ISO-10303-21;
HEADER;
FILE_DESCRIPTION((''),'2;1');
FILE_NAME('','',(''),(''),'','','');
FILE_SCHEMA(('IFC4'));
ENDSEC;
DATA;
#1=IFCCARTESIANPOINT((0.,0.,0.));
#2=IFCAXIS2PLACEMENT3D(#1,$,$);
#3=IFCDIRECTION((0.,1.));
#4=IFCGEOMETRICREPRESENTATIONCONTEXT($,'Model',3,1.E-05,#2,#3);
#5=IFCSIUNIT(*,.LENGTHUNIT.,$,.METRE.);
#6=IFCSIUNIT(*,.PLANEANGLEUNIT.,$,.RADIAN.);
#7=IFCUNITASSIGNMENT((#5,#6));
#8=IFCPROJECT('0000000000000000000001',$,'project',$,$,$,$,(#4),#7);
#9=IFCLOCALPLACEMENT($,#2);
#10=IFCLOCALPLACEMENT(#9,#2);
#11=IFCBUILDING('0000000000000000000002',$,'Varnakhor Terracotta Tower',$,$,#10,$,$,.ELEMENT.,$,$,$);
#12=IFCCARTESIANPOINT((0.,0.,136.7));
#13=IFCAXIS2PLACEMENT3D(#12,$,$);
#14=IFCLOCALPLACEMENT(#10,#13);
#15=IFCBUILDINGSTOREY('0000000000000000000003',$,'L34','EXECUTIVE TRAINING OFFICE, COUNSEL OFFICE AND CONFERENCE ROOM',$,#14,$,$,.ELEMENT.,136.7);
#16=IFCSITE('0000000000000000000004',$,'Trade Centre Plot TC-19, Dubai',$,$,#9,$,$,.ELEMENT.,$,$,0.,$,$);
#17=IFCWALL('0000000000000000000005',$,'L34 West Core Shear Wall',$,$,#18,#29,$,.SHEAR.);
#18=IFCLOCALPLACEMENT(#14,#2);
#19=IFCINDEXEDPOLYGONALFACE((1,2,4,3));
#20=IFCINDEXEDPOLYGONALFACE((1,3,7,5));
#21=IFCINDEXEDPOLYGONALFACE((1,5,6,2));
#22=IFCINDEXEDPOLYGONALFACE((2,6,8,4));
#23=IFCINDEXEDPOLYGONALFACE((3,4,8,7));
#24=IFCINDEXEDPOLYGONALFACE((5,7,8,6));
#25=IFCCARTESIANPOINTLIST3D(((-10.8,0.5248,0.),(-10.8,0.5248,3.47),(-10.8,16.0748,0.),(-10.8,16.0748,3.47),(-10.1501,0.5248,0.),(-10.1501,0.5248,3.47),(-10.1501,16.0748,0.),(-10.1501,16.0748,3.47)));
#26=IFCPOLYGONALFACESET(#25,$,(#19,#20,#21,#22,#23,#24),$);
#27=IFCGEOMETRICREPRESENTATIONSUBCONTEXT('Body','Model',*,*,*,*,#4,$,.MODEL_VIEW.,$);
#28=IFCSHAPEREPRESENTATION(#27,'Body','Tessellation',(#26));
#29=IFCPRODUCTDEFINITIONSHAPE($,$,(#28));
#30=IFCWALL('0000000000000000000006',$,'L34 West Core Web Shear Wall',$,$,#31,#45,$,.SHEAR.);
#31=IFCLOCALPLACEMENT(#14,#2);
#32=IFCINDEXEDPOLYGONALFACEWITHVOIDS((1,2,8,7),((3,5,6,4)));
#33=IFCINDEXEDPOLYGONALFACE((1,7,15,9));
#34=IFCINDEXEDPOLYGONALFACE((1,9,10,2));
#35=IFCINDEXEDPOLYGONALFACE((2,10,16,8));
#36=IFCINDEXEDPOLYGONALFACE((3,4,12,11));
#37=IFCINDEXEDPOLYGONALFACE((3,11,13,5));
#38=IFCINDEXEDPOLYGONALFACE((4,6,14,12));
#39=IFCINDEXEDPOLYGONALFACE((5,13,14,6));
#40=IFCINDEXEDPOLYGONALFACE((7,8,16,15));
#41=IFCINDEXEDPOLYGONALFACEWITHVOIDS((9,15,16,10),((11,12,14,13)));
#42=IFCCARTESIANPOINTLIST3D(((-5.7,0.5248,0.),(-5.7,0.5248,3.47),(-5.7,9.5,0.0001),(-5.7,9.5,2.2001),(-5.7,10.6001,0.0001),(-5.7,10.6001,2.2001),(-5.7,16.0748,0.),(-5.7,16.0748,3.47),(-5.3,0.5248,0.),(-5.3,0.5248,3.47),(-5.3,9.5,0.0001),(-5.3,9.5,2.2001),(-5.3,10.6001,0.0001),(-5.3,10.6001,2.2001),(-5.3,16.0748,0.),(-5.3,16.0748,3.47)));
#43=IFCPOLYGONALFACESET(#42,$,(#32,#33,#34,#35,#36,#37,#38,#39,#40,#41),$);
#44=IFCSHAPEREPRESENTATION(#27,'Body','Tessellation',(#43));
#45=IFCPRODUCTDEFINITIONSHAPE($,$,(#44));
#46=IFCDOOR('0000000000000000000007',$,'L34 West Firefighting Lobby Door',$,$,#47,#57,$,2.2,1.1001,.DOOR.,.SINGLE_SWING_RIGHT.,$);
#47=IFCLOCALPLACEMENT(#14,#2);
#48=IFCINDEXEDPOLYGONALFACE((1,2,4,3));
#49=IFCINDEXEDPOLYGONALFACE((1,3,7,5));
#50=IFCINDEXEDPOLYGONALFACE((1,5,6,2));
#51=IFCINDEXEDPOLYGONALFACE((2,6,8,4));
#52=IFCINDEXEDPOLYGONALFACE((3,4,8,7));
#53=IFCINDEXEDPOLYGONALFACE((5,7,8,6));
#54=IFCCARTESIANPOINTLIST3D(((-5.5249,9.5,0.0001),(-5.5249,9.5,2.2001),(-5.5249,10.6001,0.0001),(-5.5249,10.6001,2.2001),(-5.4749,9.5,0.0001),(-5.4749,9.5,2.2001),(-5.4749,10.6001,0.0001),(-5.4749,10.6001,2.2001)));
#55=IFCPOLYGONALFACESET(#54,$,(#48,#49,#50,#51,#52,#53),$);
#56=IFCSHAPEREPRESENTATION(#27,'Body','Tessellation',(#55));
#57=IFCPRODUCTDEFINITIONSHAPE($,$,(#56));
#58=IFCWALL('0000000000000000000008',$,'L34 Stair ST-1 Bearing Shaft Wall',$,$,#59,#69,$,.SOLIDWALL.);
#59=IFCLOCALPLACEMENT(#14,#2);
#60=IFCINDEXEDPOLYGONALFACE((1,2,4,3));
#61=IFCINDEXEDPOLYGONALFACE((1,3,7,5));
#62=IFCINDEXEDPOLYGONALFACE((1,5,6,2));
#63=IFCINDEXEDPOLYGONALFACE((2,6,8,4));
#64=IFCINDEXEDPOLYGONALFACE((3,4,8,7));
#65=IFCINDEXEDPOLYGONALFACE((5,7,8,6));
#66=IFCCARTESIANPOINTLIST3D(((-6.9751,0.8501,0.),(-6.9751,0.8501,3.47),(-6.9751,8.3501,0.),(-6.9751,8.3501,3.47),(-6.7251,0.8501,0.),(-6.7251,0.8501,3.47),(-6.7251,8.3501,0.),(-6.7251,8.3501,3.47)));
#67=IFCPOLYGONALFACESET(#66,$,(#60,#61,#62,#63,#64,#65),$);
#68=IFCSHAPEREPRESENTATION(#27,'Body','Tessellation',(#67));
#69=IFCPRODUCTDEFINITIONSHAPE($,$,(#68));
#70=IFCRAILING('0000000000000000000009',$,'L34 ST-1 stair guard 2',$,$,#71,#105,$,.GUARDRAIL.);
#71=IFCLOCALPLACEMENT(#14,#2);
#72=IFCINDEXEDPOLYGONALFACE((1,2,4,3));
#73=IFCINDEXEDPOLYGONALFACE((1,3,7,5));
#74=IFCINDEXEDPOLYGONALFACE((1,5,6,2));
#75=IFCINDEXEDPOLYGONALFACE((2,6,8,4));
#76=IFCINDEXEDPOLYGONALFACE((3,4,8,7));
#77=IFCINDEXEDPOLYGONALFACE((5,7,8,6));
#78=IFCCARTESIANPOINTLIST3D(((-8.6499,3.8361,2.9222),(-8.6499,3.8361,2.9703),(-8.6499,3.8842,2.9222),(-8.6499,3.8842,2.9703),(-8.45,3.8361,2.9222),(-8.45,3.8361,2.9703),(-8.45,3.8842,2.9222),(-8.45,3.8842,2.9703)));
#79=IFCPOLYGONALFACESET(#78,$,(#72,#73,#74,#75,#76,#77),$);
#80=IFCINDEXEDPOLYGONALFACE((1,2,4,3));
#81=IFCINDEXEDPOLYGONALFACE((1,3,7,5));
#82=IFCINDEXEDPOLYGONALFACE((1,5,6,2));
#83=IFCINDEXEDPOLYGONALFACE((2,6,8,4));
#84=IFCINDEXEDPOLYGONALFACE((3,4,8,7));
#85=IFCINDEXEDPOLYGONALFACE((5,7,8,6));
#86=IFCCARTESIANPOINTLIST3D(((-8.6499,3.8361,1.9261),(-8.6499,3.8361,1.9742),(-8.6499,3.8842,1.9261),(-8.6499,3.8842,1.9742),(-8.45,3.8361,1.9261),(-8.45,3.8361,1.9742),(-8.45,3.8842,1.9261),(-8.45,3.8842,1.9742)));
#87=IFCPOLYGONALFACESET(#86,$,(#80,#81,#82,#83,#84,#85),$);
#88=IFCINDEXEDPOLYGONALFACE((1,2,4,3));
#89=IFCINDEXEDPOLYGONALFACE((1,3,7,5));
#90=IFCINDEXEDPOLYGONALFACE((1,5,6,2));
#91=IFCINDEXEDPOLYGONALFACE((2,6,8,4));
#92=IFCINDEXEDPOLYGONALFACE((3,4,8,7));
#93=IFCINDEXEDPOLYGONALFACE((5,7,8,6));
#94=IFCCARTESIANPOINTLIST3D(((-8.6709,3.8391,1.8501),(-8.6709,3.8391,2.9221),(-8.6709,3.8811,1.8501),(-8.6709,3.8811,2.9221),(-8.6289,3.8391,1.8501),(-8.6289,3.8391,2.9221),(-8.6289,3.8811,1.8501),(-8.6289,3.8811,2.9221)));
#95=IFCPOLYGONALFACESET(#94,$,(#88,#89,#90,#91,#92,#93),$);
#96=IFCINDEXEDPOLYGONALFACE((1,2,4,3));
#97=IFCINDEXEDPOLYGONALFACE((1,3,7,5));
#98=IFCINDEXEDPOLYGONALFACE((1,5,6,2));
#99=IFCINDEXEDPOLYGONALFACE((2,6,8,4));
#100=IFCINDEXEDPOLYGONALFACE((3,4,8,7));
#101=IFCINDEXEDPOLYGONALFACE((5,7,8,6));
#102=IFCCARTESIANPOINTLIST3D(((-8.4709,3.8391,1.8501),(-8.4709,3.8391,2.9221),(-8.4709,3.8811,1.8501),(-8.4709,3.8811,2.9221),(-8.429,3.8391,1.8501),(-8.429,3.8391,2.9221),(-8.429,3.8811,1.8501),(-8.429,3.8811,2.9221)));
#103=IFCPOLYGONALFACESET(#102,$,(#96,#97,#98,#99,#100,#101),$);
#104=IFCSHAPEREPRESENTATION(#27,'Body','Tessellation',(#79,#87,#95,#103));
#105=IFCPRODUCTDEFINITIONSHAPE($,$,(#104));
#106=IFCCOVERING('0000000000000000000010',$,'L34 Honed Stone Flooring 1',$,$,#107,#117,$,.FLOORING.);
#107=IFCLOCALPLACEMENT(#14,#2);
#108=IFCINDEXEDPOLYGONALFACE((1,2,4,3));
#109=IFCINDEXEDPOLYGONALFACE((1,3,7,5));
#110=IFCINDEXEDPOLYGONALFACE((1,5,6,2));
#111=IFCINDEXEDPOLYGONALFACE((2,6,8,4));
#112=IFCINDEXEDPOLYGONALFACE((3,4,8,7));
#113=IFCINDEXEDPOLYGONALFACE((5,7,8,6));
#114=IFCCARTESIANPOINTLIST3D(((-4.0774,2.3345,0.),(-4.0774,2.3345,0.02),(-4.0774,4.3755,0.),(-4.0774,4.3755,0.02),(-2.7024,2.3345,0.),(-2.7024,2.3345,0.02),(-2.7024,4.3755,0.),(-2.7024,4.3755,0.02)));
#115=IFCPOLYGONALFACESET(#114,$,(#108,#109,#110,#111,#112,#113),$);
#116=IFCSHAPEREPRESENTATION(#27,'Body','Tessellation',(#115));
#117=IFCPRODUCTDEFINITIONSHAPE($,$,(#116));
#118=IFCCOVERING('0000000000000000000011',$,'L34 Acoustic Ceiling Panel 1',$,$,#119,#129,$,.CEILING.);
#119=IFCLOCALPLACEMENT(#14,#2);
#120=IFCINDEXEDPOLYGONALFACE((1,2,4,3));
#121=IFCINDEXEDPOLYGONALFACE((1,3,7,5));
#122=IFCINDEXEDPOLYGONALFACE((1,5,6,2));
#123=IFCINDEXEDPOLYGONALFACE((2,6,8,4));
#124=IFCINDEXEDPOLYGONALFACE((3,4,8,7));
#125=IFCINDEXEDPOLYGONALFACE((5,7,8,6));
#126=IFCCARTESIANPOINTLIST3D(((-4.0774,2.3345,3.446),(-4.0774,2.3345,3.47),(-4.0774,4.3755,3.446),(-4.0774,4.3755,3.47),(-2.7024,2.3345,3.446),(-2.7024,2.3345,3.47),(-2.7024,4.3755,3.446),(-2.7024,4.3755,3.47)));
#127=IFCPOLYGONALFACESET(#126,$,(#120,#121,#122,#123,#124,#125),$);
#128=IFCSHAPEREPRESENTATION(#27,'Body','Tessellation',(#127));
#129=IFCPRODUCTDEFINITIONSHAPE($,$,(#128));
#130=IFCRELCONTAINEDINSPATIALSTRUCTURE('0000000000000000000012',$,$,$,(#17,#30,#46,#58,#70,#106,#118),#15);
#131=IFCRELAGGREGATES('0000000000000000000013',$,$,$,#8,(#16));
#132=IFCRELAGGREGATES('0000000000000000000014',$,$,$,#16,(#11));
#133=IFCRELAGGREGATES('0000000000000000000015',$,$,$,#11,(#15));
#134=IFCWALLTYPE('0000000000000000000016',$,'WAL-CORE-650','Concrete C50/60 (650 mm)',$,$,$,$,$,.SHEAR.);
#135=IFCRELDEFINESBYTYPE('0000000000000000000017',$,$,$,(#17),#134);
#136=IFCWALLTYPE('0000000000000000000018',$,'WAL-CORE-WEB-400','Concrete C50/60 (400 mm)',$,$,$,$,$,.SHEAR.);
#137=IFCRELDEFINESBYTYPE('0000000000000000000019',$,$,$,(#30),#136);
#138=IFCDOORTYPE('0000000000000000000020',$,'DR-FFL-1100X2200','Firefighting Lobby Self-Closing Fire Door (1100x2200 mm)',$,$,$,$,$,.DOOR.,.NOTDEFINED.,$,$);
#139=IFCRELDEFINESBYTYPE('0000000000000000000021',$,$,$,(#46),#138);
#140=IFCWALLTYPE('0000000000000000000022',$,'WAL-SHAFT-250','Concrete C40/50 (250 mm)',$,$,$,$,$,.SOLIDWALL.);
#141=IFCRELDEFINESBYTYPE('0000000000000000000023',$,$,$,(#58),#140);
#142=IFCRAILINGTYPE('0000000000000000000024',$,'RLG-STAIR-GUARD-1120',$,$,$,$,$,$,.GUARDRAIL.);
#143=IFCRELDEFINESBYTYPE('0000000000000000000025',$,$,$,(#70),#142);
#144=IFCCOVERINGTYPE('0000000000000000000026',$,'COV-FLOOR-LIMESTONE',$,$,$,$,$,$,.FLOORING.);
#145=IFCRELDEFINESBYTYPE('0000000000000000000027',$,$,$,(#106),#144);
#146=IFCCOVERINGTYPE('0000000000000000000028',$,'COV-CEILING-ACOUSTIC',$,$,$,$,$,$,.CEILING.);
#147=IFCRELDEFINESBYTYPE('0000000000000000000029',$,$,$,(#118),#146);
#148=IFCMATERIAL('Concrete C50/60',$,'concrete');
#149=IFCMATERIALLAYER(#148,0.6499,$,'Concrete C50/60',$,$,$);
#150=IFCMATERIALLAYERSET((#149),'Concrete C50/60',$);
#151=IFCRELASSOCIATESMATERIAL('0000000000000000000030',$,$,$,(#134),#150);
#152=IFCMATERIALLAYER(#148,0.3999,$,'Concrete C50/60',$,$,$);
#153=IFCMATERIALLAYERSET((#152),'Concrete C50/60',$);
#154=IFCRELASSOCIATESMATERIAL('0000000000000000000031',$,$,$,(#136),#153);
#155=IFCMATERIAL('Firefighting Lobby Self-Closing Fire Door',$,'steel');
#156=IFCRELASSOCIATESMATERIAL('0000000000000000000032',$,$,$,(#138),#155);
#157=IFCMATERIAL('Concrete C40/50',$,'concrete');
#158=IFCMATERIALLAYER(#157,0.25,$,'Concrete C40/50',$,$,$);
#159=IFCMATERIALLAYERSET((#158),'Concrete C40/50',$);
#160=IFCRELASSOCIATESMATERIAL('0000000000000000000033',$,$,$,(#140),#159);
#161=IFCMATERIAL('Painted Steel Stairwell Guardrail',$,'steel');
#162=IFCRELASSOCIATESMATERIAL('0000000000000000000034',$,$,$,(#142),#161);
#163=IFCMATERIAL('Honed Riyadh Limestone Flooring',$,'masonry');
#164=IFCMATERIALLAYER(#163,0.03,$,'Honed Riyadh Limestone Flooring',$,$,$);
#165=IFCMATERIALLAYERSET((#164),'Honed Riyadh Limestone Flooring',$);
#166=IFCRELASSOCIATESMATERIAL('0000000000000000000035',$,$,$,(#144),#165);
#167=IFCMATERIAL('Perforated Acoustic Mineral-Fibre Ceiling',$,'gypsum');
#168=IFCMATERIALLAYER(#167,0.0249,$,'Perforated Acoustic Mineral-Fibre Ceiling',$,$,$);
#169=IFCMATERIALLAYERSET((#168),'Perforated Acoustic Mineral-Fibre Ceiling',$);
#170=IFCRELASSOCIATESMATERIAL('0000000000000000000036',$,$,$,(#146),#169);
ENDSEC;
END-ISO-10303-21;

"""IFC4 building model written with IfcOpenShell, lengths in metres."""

from ifc_helpers import new_model, si_unit, direction, frame, frame_2d, origin, origin_2d, place, context, subcontext, project, spatial, rectangle, extrude, source, transform, mapped, material, layer, layer_set, type_object, type_shapes, element, fill, save


model = new_model("IFC4")

# Units and contexts
model_context = context("Model", 3, precision=1e-05, world=origin(), true_north=direction((0.0, 1.0)))
body_context = subcontext(model_context, "Body", "Model", "MODEL_VIEW")
ifc_project = project(units=[si_unit("LENGTHUNIT", "METRE"), si_unit("PLANEANGLEUNIT", "RADIAN")], contexts=[model_context])

# Site, building, storey
site_placement = place(None, origin())
site = spatial("IfcSite", under=ifc_project, at=site_placement, Name="Trade Centre Plot TC-19, Dubai", CompositionType="ELEMENT", RefElevation=0.0)
building_placement = place(site_placement, origin())
building = spatial("IfcBuilding", under=site, at=building_placement, Name="Varnakhor Terracotta Tower", CompositionType="ELEMENT")
storey_placement = place(building_placement, frame((0.0, 0.0, 136.7)))
storey = spatial("IfcBuildingStorey", under=building, at=storey_placement, Name="L34", Description="EXECUTIVE TRAINING OFFICE, COUNSEL OFFICE AND CONFERENCE ROOM", CompositionType="ELEMENT", Elevation=136.7)

# Shared definitions
ifc_material_1 = material(Name="Concrete C50/60", Category="concrete")

# Wall
ifc_layer_1 = layer(ifc_material_1, 0.6499, Name="Concrete C50/60")
ifc_layer_set_1 = layer_set([ifc_layer_1], Name="Concrete C50/60")
wall_type_1 = type_object("IfcWallType", Name="WAL-CORE-650", Description="Concrete C50/60 (650 mm)", PredefinedType="SHEAR", material=ifc_layer_set_1)
wall_1_placement = place(storey_placement, frame((-10.4751, 0.5249, 0.0), z_axis=(0.0, 0.0, 1.0), x_axis=(0.0, 1.0, 0.0)))
element("IfcWall", 1, at=wall_1_placement, inside=storey, type_object=wall_type_1, Name="L34 West Core Shear Wall", PredefinedType="SHEAR", context=body_context, shape_type="SweptSolid", body=[
    extrude(rectangle(XDim=15.55, YDim=0.6499, at=frame_2d((7.7749, 0.0))), origin(), (0.0, 0.0, 1.0), 3.47),
])

# Wall, opening, door
ifc_layer_2 = layer(ifc_material_1, 0.3999, Name="Concrete C50/60")
ifc_layer_set_2 = layer_set([ifc_layer_2], Name="Concrete C50/60")
wall_type_2 = type_object("IfcWallType", Name="WAL-CORE-WEB-400", Description="Concrete C50/60 (400 mm)", PredefinedType="SHEAR", material=ifc_layer_set_2)
wall_2_placement = place(storey_placement, frame((-5.5, 0.5249, 0.0), z_axis=(0.0, 0.0, 1.0), x_axis=(0.0, 1.0, 0.0)))
wall_2 = element("IfcWall", 2, at=wall_2_placement, inside=storey, type_object=wall_type_2, Name="L34 West Core Web Shear Wall", PredefinedType="SHEAR", context=body_context, shape_type="SweptSolid", body=[
    extrude(rectangle(XDim=15.55, YDim=0.3999, at=frame_2d((7.7749, 0.0))), origin(), (0.0, 0.0, 1.0), 3.47),
])
opening_placement = place(wall_2_placement, frame((8.9751, 0.0, 0.0)))
opening = element("IfcOpeningElement", 3, at=opening_placement, cuts=wall_2, PredefinedType="OPENING", context=body_context, shape_type="SweptSolid", body=[
    extrude(rectangle(XDim=1.1001, YDim=2.2, at=frame_2d((0.55, 1.1001))), frame((0.0, 0.21, 0.0), z_axis=(0.0, -1.0, 0.0), x_axis=(1.0, 0.0, 0.0)), (0.0, 0.0, 1.0), 0.4199),
])
ifc_material_2 = material(Name="Firefighting Lobby Self-Closing Fire Door", Category="steel")
door_type = type_object("IfcDoorType", Name="DR-FFL-1100X2200", Description="Firefighting Lobby Self-Closing Fire Door (1100x2200 mm)", OperationType="NOTDEFINED", PredefinedType="DOOR", material=ifc_material_2)
shared_shape_1 = source(origin(), body_context, "Body", "SweptSolid", [
    extrude(rectangle(XDim=1.1001, YDim=2.2, at=frame_2d((0.55, 1.1001))), frame((0.0, 0.0249, 0.0), z_axis=(0.0, -1.0, 0.0), x_axis=(1.0, 0.0, 0.0)), (0.0, 0.0, 1.0), 0.05),
])
type_shapes(door_type, [shared_shape_1])
door_placement = place(opening_placement, origin())
door = element("IfcDoor", 4, at=door_placement, inside=storey, type_object=door_type, Name="L34 West Firefighting Lobby Door", OperationType="SINGLE_SWING_RIGHT", OverallHeight=2.2, OverallWidth=1.1001, PredefinedType="DOOR", context=body_context, shape_type="MappedRepresentation", body=[
    mapped(shared_shape_1, transform((0.0, 0.0, 0.0), scale=1.0)),
])
fill(opening, door)

# Wall
ifc_material_3 = material(Name="Concrete C40/50", Category="concrete")
ifc_layer_3 = layer(ifc_material_3, 0.25, Name="Concrete C40/50")
ifc_layer_set_3 = layer_set([ifc_layer_3], Name="Concrete C40/50")
wall_type_3 = type_object("IfcWallType", Name="WAL-SHAFT-250", Description="Concrete C40/50 (250 mm)", PredefinedType="SOLIDWALL", material=ifc_layer_set_3)
wall_3_placement = place(storey_placement, frame((-6.8501, 0.8501, 0.0), z_axis=(0.0, 0.0, 1.0), x_axis=(0.0, 1.0, 0.0)))
element("IfcWall", 5, at=wall_3_placement, inside=storey, type_object=wall_type_3, Name="L34 Stair ST-1 Bearing Shaft Wall", PredefinedType="SOLIDWALL", context=body_context, shape_type="SweptSolid", body=[
    extrude(rectangle(XDim=7.5, YDim=0.25, at=frame_2d((3.75, 0.0))), origin(), (0.0, 0.0, 1.0), 3.47),
])

# Railing
ifc_material_4 = material(Name="Painted Steel Stairwell Guardrail", Category="steel")
railing_type = type_object("IfcRailingType", Name="RLG-STAIR-GUARD-1120", PredefinedType="GUARDRAIL", material=ifc_material_4)
railing_placement = place(storey_placement, frame((-8.6499, 3.8601, 1.8501)))
element("IfcRailing", 6, at=railing_placement, inside=storey, type_object=railing_type, Name="L34 ST-1 stair guard 2", PredefinedType="GUARDRAIL", context=body_context, shape_type="SweptSolid", body=[
    extrude(rectangle(XDim=0.0481, YDim=0.0481, at=origin_2d()), frame((0.0, 0.0, 1.0962), z_axis=(1.0, 0.0, 0.0), x_axis=(0.0, 1.0, 0.0)), (0.0, 0.0, 1.0), 0.2),
    extrude(rectangle(XDim=0.0481, YDim=0.0481, at=origin_2d()), frame((0.0, 0.0, 0.1001), z_axis=(1.0, 0.0, 0.0), x_axis=(0.0, 1.0, 0.0)), (0.0, 0.0, 1.0), 0.2),
    extrude(rectangle(XDim=0.042, YDim=0.042, at=origin_2d()), origin(), (0.0, 0.0, 1.0), 1.072),
    extrude(rectangle(XDim=0.042, YDim=0.042, at=origin_2d()), frame((0.2, 0.0, 0.0)), (0.0, 0.0, 1.0), 1.072),
])

# Coverings
ifc_material_5 = material(Name="Honed Riyadh Limestone Flooring", Category="masonry")
ifc_layer_4 = layer(ifc_material_5, 0.03, Name="Honed Riyadh Limestone Flooring")
ifc_layer_set_4 = layer_set([ifc_layer_4], Name="Honed Riyadh Limestone Flooring")
covering_type_1 = type_object("IfcCoveringType", Name="COV-FLOOR-LIMESTONE", PredefinedType="FLOORING", material=ifc_layer_set_4)
shared_shape_2 = source(origin(), body_context, "Body", "SweptSolid", [
    extrude(rectangle(XDim=1.375, YDim=2.041, at=origin_2d()), origin(), (0.0, 0.0, 1.0), 0.02),
])
covering_1_placement = place(storey_placement, frame((-3.3899, 3.355, 0.0), z_axis=(0.0, 0.0, 1.0), x_axis=(1.0, 0.0, 0.0)))
element("IfcCovering", 7, at=covering_1_placement, inside=storey, type_object=covering_type_1, Name="L34 Honed Stone Flooring 1", PredefinedType="FLOORING", context=body_context, shape_type="MappedRepresentation", body=[
    mapped(shared_shape_2, transform((0.0, 0.0, 0.0), scale=1.0)),
])
ifc_material_6 = material(Name="Perforated Acoustic Mineral-Fibre Ceiling", Category="gypsum")
ifc_layer_5 = layer(ifc_material_6, 0.0249, Name="Perforated Acoustic Mineral-Fibre Ceiling")
ifc_layer_set_5 = layer_set([ifc_layer_5], Name="Perforated Acoustic Mineral-Fibre Ceiling")
covering_type_2 = type_object("IfcCoveringType", Name="COV-CEILING-ACOUSTIC", PredefinedType="CEILING", material=ifc_layer_set_5)
shared_shape_3 = source(origin(), body_context, "Body", "SweptSolid", [
    extrude(rectangle(XDim=1.375, YDim=2.041, at=origin_2d()), origin(), (0.0, 0.0, 1.0), 0.0239),
])
covering_2_placement = place(storey_placement, frame((-3.3899, 3.355, 3.446), z_axis=(0.0, 0.0, 1.0), x_axis=(1.0, 0.0, 0.0)))
element("IfcCovering", 8, at=covering_2_placement, inside=storey, type_object=covering_type_2, Name="L34 Acoustic Ceiling Panel 1", PredefinedType="CEILING", context=body_context, shape_type="MappedRepresentation", body=[
    mapped(shared_shape_3, transform((0.0, 0.0, 0.0), scale=1.0)),
])

save(model, "model.ifc")
